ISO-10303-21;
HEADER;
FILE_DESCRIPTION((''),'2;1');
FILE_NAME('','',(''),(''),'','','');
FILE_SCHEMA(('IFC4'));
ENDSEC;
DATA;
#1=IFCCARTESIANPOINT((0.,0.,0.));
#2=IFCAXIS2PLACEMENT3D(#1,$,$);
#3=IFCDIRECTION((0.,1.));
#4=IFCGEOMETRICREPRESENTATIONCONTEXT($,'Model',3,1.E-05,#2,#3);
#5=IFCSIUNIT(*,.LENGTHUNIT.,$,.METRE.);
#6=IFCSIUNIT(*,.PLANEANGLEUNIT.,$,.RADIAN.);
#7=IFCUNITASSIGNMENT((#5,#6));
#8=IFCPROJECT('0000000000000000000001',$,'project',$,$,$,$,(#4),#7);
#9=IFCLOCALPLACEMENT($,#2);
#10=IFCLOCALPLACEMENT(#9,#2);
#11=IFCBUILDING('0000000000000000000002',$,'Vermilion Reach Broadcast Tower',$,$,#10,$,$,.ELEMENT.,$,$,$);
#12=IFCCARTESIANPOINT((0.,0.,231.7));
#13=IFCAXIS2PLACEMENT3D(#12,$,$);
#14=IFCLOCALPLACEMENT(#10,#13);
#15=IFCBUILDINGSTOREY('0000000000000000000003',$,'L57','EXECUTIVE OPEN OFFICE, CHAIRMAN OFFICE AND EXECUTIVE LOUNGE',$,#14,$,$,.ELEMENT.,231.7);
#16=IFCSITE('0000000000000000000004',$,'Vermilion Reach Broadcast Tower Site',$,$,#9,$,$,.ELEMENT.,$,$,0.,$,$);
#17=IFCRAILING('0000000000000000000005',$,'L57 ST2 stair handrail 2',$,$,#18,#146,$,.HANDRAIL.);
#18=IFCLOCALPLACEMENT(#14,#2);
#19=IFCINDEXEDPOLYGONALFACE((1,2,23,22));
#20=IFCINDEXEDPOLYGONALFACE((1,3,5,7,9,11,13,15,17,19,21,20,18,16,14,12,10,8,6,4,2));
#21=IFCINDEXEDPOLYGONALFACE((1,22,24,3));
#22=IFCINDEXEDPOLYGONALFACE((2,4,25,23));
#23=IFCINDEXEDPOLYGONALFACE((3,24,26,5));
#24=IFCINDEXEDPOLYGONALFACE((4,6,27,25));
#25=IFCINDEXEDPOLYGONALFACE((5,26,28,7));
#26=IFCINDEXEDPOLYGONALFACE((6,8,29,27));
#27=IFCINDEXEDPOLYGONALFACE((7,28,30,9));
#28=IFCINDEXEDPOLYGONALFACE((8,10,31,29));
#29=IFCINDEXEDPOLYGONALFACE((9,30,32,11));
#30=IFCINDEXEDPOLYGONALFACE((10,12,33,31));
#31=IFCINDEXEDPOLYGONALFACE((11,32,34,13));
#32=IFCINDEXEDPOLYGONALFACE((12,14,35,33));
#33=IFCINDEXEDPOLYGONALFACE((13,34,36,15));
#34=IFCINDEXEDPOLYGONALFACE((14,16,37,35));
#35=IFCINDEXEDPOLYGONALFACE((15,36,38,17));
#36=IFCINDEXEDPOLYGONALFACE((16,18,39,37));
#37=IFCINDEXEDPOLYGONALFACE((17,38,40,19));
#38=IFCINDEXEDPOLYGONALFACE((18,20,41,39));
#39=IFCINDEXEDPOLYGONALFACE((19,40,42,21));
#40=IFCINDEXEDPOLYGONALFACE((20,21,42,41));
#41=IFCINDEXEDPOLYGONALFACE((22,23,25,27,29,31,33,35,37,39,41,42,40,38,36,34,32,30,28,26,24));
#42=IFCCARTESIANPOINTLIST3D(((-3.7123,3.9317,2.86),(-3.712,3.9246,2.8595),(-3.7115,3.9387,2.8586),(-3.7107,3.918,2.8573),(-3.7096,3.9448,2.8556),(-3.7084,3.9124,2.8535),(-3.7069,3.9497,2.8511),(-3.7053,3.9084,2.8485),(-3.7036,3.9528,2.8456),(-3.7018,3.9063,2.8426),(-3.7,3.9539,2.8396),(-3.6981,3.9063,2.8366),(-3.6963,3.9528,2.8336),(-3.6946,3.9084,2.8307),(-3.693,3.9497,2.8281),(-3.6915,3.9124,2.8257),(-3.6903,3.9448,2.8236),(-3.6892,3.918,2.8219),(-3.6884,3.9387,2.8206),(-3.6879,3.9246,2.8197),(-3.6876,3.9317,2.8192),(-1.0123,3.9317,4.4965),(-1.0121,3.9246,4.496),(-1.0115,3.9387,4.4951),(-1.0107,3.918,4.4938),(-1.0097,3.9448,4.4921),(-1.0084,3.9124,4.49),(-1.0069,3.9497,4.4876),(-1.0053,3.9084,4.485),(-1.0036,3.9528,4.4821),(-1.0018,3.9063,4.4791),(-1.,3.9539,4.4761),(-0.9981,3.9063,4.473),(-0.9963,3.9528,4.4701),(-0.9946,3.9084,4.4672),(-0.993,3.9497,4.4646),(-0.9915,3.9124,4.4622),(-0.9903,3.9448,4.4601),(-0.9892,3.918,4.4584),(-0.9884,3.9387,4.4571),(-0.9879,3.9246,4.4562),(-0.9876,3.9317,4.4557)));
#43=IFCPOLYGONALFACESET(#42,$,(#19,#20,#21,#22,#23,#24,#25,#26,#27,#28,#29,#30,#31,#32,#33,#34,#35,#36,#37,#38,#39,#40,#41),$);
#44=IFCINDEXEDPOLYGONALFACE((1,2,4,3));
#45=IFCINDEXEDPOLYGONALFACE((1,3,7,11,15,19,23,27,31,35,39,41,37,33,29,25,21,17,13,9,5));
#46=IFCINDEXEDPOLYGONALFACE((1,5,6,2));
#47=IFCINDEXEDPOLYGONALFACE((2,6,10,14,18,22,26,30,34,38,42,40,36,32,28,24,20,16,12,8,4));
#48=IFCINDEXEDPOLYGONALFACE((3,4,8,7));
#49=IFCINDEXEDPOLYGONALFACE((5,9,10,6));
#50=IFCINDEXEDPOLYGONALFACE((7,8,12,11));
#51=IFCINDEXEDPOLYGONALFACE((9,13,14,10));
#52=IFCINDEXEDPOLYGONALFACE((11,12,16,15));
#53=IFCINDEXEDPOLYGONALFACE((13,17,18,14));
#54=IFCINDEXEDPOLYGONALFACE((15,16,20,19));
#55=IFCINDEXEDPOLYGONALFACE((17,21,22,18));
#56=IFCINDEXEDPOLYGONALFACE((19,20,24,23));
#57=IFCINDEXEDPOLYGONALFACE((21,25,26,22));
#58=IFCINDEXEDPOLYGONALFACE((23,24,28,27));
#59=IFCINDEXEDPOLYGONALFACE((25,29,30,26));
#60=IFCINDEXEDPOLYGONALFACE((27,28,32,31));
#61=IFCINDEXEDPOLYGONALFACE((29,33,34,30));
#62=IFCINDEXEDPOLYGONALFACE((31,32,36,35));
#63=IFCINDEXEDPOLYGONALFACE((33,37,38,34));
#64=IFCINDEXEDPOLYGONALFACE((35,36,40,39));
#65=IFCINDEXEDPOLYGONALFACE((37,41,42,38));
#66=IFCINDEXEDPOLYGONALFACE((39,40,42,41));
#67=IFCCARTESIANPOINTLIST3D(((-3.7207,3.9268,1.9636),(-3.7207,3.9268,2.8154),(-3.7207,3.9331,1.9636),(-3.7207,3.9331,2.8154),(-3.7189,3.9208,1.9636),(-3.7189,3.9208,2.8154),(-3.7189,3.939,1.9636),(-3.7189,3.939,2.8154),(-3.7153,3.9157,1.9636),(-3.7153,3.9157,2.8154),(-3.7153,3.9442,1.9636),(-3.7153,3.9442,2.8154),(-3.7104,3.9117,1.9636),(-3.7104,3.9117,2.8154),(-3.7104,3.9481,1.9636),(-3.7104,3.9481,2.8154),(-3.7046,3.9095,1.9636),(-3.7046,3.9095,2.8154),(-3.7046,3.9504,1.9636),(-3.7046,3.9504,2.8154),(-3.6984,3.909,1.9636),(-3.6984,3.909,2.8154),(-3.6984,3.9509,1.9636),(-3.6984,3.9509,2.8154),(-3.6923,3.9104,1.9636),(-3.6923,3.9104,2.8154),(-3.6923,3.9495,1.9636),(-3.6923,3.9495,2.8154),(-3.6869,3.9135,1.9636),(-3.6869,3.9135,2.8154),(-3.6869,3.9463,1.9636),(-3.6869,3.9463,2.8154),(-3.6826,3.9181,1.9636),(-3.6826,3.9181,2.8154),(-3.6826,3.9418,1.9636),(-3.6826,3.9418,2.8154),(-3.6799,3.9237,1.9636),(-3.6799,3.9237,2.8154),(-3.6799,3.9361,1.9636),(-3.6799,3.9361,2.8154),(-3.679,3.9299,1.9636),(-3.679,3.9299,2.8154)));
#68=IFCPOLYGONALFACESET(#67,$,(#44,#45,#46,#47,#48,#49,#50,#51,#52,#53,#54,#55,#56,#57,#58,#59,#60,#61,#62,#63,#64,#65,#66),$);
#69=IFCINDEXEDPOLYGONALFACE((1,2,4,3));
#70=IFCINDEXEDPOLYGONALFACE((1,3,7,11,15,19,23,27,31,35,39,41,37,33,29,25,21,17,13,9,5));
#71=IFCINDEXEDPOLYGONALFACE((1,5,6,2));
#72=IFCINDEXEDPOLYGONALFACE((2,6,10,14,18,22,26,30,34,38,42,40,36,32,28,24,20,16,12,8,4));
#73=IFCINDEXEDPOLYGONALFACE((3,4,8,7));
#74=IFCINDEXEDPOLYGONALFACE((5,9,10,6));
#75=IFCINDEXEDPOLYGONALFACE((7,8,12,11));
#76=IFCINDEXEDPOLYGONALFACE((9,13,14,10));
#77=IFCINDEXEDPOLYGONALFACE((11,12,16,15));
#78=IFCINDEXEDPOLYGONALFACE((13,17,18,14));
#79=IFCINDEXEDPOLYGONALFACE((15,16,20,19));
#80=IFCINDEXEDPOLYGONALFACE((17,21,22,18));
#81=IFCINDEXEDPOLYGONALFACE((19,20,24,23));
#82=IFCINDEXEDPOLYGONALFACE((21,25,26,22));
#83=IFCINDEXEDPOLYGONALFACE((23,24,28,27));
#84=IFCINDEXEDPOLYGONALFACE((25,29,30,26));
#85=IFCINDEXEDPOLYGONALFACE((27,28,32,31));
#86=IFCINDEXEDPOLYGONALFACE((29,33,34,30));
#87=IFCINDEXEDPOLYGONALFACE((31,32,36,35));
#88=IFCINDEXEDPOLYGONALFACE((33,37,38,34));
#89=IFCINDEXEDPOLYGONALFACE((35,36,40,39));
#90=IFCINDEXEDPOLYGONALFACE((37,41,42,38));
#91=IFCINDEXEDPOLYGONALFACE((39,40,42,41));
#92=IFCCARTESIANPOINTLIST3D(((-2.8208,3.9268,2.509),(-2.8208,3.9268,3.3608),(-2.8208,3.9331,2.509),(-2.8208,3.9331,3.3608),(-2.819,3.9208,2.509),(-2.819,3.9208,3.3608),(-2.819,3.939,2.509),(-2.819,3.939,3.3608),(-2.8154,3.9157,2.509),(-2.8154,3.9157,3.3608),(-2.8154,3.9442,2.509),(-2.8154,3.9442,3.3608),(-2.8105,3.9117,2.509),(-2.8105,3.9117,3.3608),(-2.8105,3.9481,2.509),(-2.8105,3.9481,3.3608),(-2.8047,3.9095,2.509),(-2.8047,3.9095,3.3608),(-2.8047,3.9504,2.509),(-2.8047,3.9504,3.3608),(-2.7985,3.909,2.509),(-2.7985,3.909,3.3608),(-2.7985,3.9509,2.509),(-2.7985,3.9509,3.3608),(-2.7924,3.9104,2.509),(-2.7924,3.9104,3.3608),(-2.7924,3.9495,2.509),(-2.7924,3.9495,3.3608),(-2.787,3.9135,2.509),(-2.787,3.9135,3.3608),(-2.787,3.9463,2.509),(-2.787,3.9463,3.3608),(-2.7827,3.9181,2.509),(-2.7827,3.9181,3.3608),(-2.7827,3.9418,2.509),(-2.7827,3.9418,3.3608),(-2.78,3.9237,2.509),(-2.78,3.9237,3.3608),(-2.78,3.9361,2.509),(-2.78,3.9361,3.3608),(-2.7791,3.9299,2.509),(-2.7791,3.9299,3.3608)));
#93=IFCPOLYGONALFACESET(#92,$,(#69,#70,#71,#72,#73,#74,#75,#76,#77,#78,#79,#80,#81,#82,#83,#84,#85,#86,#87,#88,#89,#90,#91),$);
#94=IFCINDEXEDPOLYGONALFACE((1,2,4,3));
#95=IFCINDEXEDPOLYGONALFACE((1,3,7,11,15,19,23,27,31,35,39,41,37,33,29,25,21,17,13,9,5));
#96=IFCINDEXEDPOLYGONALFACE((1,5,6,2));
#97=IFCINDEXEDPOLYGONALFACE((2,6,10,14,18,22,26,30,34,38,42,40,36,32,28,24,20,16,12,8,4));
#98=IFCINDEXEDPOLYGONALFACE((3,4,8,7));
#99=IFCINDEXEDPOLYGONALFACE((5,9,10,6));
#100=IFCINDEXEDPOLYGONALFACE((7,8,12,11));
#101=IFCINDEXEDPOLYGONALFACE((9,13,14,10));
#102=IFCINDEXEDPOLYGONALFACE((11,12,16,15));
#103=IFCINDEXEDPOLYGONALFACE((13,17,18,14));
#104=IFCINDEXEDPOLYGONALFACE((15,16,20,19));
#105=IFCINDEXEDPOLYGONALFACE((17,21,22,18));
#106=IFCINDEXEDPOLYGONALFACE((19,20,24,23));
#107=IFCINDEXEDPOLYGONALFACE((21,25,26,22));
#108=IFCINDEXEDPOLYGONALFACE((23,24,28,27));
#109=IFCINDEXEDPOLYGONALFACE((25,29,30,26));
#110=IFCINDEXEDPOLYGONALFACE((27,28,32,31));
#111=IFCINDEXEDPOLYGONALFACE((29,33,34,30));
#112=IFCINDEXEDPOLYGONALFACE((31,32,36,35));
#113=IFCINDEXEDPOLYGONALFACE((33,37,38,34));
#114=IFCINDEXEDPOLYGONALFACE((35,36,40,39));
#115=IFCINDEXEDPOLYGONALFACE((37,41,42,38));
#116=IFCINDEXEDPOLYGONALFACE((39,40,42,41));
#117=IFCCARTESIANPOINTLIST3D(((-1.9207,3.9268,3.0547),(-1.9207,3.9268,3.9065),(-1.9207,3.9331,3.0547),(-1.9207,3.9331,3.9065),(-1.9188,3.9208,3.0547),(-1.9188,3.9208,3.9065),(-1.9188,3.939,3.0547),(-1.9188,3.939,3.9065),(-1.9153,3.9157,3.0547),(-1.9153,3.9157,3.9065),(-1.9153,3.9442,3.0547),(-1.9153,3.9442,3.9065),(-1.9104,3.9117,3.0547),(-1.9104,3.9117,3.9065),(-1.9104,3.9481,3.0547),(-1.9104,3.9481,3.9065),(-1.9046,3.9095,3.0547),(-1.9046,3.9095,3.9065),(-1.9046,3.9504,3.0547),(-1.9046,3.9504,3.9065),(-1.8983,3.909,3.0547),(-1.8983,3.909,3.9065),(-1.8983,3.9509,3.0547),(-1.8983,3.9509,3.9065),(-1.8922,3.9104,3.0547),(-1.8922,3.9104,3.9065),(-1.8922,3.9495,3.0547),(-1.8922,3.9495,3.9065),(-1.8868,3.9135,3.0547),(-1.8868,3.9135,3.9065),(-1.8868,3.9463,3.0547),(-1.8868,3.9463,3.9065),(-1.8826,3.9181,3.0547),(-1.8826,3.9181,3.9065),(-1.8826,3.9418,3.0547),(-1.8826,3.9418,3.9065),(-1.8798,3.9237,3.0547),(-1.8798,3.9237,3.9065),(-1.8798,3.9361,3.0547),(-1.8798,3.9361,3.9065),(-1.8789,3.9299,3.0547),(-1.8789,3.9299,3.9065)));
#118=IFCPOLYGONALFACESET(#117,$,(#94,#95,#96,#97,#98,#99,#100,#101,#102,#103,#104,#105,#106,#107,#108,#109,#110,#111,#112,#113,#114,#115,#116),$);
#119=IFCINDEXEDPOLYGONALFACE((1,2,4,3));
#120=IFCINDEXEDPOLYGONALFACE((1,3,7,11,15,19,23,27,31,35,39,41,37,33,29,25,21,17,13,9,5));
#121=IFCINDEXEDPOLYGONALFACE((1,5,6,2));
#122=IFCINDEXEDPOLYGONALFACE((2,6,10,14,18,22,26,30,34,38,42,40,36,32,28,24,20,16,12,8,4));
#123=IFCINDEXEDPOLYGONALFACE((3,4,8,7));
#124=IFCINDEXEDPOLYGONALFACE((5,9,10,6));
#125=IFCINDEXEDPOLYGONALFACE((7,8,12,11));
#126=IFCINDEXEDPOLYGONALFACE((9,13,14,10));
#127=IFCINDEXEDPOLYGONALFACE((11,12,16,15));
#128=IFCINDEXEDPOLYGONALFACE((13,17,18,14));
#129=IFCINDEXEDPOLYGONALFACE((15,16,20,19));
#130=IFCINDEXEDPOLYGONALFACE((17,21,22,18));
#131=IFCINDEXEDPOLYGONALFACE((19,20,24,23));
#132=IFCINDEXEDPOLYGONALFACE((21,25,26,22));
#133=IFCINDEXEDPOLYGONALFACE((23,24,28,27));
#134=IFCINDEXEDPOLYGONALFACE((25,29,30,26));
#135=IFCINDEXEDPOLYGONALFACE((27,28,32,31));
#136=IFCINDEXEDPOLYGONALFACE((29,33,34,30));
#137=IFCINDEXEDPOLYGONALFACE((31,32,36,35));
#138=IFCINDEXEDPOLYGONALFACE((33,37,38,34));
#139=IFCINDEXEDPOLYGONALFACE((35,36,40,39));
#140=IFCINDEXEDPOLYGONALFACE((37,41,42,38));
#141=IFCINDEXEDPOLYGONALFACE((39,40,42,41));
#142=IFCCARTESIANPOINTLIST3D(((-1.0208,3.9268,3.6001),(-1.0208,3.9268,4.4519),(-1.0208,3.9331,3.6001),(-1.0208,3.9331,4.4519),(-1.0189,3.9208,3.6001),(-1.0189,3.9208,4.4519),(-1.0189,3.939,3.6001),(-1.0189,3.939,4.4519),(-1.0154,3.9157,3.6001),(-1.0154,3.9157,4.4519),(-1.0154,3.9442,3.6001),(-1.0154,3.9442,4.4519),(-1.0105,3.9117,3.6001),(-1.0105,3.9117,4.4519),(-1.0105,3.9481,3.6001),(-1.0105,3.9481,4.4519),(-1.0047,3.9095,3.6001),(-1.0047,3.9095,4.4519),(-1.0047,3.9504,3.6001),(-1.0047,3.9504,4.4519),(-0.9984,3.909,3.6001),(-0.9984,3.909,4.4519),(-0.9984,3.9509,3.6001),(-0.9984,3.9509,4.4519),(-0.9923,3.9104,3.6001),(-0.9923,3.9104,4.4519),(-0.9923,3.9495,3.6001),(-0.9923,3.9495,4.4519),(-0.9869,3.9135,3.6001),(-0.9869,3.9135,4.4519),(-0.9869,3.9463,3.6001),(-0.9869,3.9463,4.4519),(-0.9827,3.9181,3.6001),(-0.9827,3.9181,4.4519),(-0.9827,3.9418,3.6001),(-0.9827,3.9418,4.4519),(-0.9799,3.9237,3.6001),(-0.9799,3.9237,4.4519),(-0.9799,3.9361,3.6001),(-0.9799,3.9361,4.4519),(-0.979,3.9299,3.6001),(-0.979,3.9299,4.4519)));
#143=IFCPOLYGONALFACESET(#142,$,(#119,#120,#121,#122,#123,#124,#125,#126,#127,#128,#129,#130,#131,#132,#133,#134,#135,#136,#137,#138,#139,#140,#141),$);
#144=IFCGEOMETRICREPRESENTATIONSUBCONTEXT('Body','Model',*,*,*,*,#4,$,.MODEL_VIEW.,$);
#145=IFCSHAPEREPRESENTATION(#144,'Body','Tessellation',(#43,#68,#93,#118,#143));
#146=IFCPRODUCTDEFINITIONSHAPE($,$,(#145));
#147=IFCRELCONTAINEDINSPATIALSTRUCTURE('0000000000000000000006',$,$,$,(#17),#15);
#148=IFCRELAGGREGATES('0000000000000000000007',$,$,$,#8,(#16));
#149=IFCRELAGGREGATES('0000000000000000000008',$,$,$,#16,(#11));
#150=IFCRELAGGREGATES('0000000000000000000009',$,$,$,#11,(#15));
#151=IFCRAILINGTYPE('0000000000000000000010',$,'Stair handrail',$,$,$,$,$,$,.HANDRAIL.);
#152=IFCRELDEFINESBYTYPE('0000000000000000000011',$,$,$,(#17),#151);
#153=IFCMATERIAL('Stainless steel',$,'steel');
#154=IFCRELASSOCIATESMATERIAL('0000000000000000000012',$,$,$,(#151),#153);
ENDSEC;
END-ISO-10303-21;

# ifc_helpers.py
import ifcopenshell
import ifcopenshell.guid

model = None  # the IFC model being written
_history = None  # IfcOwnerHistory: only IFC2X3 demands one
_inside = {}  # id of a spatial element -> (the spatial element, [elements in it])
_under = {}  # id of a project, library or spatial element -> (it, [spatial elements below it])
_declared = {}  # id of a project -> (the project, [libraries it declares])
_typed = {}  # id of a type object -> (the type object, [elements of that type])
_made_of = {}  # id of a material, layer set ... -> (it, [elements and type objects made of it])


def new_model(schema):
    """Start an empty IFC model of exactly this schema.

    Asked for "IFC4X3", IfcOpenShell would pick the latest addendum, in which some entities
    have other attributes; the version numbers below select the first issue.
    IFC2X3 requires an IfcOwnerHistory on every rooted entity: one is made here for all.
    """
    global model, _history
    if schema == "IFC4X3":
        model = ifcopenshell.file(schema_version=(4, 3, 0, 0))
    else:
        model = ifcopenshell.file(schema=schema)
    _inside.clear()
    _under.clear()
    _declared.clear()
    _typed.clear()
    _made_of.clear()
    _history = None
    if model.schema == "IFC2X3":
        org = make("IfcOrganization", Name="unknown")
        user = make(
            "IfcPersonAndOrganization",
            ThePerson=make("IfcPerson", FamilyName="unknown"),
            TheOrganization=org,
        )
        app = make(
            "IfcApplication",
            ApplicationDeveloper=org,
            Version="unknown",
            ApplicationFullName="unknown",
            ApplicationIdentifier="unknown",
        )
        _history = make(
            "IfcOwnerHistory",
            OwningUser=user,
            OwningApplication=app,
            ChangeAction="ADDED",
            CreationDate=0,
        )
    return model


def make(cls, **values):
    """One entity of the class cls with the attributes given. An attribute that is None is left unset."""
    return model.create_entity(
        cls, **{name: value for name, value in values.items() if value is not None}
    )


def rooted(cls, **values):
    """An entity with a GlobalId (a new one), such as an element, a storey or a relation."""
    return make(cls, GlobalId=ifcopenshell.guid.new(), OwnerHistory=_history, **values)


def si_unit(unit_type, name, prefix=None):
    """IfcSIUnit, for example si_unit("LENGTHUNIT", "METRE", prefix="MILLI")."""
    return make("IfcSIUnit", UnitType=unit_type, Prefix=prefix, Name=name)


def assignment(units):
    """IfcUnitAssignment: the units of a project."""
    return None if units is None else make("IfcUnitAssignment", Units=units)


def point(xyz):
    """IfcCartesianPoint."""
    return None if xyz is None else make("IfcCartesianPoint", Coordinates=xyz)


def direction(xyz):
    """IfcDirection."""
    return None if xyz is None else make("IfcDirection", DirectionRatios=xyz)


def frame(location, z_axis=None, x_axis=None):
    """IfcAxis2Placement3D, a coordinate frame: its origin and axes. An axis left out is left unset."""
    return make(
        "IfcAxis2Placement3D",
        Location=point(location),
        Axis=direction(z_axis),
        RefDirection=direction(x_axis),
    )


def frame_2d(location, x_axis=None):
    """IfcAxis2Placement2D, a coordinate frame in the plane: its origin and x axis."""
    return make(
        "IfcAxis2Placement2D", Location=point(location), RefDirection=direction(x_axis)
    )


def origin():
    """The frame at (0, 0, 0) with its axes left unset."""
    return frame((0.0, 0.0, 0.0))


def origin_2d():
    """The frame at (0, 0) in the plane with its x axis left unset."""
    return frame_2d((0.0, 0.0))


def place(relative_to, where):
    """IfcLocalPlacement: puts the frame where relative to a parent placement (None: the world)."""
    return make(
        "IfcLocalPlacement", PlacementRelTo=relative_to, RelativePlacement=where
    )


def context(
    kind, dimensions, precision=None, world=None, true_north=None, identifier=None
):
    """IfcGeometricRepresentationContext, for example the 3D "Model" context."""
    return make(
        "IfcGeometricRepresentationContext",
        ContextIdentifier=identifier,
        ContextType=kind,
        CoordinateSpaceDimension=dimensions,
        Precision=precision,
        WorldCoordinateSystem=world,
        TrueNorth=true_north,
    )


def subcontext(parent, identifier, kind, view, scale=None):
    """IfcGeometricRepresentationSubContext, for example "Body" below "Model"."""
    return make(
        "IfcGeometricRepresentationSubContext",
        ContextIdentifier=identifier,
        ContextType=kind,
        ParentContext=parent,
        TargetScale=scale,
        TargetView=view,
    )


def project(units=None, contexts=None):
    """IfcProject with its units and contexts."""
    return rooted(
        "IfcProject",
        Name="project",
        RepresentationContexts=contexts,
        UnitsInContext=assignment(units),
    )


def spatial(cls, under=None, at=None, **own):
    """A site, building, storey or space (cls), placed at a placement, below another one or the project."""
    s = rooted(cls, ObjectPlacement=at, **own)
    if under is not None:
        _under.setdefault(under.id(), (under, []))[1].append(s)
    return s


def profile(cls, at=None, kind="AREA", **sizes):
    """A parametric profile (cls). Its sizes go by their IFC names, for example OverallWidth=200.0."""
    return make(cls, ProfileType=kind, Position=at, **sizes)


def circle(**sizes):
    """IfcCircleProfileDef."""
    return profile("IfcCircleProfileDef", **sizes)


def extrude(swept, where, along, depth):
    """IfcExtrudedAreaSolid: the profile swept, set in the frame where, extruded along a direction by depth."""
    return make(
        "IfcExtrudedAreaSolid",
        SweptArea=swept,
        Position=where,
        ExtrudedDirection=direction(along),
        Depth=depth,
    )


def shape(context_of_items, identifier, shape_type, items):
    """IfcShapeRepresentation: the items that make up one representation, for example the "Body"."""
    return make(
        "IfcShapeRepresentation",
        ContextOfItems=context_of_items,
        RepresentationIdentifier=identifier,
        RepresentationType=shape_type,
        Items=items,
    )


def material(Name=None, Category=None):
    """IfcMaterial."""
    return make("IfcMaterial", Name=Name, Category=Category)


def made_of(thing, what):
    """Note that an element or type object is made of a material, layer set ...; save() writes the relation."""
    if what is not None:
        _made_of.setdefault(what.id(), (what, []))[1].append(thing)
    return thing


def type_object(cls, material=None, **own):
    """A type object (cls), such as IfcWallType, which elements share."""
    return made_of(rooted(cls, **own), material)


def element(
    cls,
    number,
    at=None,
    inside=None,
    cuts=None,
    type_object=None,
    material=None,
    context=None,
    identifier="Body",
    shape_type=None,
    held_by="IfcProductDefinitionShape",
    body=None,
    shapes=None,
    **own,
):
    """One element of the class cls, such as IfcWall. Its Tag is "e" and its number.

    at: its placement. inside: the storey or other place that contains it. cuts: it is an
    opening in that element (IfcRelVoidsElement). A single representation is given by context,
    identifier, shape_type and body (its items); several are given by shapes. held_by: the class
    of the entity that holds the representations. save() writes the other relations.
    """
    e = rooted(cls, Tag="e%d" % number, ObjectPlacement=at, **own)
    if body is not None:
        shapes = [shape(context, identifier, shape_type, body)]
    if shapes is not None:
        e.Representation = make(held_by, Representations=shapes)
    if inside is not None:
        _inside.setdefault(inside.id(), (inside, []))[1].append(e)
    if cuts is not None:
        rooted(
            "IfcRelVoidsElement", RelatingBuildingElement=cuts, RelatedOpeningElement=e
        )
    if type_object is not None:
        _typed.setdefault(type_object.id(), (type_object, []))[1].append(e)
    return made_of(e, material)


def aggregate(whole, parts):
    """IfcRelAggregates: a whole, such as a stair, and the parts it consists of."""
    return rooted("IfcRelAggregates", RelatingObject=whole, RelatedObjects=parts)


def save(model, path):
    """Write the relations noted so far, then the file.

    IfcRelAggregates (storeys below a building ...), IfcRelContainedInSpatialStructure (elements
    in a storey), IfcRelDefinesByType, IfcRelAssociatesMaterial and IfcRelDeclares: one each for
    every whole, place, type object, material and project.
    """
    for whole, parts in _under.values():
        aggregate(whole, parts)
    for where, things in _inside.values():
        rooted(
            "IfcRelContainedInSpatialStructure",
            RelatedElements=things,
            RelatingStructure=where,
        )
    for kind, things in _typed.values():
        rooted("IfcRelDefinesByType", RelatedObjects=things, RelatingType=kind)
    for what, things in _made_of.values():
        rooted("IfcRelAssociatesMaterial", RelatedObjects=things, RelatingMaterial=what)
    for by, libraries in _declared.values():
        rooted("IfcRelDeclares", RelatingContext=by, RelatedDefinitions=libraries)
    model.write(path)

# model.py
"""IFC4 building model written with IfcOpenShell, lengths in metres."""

from ifc_helpers import new_model, si_unit, direction, frame, origin, origin_2d, place, context, subcontext, project, spatial, circle, extrude, material, type_object, element, save


model = new_model("IFC4")

# Units and contexts
model_context = context("Model", 3, precision=1e-05, world=origin(), true_north=direction((0.0, 1.0)))
body_context = subcontext(model_context, "Body", "Model", "MODEL_VIEW")
ifc_project = project(units=[si_unit("LENGTHUNIT", "METRE"), si_unit("PLANEANGLEUNIT", "RADIAN")], contexts=[model_context])

# Site, building, storey
site_placement = place(None, origin())
site = spatial("IfcSite", under=ifc_project, at=site_placement, Name="Vermilion Reach Broadcast Tower Site", CompositionType="ELEMENT", RefElevation=0.0)
building_placement = place(site_placement, origin())
building = spatial("IfcBuilding", under=site, at=building_placement, Name="Vermilion Reach Broadcast Tower", CompositionType="ELEMENT")
storey_placement = place(building_placement, frame((0.0, 0.0, 231.7)))
storey = spatial("IfcBuildingStorey", under=building, at=storey_placement, Name="L57", Description="EXECUTIVE OPEN OFFICE, CHAIRMAN OFFICE AND EXECUTIVE LOUNGE", CompositionType="ELEMENT", Elevation=231.7)

# Railing
ifc_material_1 = material(Name="Stainless steel", Category="steel")
railing_type_1 = type_object("IfcRailingType", Name="Stair handrail", PredefinedType="HANDRAIL", material=ifc_material_1)
railing_1_placement = place(storey_placement, frame((-3.7, 3.9299, 1.9636)))
element("IfcRailing", 1, at=railing_1_placement, inside=storey, type_object=railing_type_1, Name="L57 ST2 stair handrail 2", PredefinedType="HANDRAIL", context=body_context, shape_type="SweptSolid", body=[
    extrude(circle(Radius=0.0239, at=origin_2d()), frame((0.0, 0.0, 0.876), z_axis=(0.855178, 0.0, 0.518334), x_axis=(0.0, 1.0, 0.0)), (0.0, 0.0, 1.0), 3.1572),
    extrude(circle(Radius=0.021, at=origin_2d()), origin(), (0.0, 0.0, 1.0), 0.8518),
    extrude(circle(Radius=0.021, at=origin_2d()), frame((0.8999, 0.0, 0.5454)), (0.0, 0.0, 1.0), 0.8518),
    extrude(circle(Radius=0.021, at=origin_2d()), frame((1.8, 0.0, 1.0911)), (0.0, 0.0, 1.0), 0.8518),
    extrude(circle(Radius=0.021, at=origin_2d()), frame((2.7, 0.0, 1.6365)), (0.0, 0.0, 1.0), 0.8518),
])

save(model, "model.ifc")
